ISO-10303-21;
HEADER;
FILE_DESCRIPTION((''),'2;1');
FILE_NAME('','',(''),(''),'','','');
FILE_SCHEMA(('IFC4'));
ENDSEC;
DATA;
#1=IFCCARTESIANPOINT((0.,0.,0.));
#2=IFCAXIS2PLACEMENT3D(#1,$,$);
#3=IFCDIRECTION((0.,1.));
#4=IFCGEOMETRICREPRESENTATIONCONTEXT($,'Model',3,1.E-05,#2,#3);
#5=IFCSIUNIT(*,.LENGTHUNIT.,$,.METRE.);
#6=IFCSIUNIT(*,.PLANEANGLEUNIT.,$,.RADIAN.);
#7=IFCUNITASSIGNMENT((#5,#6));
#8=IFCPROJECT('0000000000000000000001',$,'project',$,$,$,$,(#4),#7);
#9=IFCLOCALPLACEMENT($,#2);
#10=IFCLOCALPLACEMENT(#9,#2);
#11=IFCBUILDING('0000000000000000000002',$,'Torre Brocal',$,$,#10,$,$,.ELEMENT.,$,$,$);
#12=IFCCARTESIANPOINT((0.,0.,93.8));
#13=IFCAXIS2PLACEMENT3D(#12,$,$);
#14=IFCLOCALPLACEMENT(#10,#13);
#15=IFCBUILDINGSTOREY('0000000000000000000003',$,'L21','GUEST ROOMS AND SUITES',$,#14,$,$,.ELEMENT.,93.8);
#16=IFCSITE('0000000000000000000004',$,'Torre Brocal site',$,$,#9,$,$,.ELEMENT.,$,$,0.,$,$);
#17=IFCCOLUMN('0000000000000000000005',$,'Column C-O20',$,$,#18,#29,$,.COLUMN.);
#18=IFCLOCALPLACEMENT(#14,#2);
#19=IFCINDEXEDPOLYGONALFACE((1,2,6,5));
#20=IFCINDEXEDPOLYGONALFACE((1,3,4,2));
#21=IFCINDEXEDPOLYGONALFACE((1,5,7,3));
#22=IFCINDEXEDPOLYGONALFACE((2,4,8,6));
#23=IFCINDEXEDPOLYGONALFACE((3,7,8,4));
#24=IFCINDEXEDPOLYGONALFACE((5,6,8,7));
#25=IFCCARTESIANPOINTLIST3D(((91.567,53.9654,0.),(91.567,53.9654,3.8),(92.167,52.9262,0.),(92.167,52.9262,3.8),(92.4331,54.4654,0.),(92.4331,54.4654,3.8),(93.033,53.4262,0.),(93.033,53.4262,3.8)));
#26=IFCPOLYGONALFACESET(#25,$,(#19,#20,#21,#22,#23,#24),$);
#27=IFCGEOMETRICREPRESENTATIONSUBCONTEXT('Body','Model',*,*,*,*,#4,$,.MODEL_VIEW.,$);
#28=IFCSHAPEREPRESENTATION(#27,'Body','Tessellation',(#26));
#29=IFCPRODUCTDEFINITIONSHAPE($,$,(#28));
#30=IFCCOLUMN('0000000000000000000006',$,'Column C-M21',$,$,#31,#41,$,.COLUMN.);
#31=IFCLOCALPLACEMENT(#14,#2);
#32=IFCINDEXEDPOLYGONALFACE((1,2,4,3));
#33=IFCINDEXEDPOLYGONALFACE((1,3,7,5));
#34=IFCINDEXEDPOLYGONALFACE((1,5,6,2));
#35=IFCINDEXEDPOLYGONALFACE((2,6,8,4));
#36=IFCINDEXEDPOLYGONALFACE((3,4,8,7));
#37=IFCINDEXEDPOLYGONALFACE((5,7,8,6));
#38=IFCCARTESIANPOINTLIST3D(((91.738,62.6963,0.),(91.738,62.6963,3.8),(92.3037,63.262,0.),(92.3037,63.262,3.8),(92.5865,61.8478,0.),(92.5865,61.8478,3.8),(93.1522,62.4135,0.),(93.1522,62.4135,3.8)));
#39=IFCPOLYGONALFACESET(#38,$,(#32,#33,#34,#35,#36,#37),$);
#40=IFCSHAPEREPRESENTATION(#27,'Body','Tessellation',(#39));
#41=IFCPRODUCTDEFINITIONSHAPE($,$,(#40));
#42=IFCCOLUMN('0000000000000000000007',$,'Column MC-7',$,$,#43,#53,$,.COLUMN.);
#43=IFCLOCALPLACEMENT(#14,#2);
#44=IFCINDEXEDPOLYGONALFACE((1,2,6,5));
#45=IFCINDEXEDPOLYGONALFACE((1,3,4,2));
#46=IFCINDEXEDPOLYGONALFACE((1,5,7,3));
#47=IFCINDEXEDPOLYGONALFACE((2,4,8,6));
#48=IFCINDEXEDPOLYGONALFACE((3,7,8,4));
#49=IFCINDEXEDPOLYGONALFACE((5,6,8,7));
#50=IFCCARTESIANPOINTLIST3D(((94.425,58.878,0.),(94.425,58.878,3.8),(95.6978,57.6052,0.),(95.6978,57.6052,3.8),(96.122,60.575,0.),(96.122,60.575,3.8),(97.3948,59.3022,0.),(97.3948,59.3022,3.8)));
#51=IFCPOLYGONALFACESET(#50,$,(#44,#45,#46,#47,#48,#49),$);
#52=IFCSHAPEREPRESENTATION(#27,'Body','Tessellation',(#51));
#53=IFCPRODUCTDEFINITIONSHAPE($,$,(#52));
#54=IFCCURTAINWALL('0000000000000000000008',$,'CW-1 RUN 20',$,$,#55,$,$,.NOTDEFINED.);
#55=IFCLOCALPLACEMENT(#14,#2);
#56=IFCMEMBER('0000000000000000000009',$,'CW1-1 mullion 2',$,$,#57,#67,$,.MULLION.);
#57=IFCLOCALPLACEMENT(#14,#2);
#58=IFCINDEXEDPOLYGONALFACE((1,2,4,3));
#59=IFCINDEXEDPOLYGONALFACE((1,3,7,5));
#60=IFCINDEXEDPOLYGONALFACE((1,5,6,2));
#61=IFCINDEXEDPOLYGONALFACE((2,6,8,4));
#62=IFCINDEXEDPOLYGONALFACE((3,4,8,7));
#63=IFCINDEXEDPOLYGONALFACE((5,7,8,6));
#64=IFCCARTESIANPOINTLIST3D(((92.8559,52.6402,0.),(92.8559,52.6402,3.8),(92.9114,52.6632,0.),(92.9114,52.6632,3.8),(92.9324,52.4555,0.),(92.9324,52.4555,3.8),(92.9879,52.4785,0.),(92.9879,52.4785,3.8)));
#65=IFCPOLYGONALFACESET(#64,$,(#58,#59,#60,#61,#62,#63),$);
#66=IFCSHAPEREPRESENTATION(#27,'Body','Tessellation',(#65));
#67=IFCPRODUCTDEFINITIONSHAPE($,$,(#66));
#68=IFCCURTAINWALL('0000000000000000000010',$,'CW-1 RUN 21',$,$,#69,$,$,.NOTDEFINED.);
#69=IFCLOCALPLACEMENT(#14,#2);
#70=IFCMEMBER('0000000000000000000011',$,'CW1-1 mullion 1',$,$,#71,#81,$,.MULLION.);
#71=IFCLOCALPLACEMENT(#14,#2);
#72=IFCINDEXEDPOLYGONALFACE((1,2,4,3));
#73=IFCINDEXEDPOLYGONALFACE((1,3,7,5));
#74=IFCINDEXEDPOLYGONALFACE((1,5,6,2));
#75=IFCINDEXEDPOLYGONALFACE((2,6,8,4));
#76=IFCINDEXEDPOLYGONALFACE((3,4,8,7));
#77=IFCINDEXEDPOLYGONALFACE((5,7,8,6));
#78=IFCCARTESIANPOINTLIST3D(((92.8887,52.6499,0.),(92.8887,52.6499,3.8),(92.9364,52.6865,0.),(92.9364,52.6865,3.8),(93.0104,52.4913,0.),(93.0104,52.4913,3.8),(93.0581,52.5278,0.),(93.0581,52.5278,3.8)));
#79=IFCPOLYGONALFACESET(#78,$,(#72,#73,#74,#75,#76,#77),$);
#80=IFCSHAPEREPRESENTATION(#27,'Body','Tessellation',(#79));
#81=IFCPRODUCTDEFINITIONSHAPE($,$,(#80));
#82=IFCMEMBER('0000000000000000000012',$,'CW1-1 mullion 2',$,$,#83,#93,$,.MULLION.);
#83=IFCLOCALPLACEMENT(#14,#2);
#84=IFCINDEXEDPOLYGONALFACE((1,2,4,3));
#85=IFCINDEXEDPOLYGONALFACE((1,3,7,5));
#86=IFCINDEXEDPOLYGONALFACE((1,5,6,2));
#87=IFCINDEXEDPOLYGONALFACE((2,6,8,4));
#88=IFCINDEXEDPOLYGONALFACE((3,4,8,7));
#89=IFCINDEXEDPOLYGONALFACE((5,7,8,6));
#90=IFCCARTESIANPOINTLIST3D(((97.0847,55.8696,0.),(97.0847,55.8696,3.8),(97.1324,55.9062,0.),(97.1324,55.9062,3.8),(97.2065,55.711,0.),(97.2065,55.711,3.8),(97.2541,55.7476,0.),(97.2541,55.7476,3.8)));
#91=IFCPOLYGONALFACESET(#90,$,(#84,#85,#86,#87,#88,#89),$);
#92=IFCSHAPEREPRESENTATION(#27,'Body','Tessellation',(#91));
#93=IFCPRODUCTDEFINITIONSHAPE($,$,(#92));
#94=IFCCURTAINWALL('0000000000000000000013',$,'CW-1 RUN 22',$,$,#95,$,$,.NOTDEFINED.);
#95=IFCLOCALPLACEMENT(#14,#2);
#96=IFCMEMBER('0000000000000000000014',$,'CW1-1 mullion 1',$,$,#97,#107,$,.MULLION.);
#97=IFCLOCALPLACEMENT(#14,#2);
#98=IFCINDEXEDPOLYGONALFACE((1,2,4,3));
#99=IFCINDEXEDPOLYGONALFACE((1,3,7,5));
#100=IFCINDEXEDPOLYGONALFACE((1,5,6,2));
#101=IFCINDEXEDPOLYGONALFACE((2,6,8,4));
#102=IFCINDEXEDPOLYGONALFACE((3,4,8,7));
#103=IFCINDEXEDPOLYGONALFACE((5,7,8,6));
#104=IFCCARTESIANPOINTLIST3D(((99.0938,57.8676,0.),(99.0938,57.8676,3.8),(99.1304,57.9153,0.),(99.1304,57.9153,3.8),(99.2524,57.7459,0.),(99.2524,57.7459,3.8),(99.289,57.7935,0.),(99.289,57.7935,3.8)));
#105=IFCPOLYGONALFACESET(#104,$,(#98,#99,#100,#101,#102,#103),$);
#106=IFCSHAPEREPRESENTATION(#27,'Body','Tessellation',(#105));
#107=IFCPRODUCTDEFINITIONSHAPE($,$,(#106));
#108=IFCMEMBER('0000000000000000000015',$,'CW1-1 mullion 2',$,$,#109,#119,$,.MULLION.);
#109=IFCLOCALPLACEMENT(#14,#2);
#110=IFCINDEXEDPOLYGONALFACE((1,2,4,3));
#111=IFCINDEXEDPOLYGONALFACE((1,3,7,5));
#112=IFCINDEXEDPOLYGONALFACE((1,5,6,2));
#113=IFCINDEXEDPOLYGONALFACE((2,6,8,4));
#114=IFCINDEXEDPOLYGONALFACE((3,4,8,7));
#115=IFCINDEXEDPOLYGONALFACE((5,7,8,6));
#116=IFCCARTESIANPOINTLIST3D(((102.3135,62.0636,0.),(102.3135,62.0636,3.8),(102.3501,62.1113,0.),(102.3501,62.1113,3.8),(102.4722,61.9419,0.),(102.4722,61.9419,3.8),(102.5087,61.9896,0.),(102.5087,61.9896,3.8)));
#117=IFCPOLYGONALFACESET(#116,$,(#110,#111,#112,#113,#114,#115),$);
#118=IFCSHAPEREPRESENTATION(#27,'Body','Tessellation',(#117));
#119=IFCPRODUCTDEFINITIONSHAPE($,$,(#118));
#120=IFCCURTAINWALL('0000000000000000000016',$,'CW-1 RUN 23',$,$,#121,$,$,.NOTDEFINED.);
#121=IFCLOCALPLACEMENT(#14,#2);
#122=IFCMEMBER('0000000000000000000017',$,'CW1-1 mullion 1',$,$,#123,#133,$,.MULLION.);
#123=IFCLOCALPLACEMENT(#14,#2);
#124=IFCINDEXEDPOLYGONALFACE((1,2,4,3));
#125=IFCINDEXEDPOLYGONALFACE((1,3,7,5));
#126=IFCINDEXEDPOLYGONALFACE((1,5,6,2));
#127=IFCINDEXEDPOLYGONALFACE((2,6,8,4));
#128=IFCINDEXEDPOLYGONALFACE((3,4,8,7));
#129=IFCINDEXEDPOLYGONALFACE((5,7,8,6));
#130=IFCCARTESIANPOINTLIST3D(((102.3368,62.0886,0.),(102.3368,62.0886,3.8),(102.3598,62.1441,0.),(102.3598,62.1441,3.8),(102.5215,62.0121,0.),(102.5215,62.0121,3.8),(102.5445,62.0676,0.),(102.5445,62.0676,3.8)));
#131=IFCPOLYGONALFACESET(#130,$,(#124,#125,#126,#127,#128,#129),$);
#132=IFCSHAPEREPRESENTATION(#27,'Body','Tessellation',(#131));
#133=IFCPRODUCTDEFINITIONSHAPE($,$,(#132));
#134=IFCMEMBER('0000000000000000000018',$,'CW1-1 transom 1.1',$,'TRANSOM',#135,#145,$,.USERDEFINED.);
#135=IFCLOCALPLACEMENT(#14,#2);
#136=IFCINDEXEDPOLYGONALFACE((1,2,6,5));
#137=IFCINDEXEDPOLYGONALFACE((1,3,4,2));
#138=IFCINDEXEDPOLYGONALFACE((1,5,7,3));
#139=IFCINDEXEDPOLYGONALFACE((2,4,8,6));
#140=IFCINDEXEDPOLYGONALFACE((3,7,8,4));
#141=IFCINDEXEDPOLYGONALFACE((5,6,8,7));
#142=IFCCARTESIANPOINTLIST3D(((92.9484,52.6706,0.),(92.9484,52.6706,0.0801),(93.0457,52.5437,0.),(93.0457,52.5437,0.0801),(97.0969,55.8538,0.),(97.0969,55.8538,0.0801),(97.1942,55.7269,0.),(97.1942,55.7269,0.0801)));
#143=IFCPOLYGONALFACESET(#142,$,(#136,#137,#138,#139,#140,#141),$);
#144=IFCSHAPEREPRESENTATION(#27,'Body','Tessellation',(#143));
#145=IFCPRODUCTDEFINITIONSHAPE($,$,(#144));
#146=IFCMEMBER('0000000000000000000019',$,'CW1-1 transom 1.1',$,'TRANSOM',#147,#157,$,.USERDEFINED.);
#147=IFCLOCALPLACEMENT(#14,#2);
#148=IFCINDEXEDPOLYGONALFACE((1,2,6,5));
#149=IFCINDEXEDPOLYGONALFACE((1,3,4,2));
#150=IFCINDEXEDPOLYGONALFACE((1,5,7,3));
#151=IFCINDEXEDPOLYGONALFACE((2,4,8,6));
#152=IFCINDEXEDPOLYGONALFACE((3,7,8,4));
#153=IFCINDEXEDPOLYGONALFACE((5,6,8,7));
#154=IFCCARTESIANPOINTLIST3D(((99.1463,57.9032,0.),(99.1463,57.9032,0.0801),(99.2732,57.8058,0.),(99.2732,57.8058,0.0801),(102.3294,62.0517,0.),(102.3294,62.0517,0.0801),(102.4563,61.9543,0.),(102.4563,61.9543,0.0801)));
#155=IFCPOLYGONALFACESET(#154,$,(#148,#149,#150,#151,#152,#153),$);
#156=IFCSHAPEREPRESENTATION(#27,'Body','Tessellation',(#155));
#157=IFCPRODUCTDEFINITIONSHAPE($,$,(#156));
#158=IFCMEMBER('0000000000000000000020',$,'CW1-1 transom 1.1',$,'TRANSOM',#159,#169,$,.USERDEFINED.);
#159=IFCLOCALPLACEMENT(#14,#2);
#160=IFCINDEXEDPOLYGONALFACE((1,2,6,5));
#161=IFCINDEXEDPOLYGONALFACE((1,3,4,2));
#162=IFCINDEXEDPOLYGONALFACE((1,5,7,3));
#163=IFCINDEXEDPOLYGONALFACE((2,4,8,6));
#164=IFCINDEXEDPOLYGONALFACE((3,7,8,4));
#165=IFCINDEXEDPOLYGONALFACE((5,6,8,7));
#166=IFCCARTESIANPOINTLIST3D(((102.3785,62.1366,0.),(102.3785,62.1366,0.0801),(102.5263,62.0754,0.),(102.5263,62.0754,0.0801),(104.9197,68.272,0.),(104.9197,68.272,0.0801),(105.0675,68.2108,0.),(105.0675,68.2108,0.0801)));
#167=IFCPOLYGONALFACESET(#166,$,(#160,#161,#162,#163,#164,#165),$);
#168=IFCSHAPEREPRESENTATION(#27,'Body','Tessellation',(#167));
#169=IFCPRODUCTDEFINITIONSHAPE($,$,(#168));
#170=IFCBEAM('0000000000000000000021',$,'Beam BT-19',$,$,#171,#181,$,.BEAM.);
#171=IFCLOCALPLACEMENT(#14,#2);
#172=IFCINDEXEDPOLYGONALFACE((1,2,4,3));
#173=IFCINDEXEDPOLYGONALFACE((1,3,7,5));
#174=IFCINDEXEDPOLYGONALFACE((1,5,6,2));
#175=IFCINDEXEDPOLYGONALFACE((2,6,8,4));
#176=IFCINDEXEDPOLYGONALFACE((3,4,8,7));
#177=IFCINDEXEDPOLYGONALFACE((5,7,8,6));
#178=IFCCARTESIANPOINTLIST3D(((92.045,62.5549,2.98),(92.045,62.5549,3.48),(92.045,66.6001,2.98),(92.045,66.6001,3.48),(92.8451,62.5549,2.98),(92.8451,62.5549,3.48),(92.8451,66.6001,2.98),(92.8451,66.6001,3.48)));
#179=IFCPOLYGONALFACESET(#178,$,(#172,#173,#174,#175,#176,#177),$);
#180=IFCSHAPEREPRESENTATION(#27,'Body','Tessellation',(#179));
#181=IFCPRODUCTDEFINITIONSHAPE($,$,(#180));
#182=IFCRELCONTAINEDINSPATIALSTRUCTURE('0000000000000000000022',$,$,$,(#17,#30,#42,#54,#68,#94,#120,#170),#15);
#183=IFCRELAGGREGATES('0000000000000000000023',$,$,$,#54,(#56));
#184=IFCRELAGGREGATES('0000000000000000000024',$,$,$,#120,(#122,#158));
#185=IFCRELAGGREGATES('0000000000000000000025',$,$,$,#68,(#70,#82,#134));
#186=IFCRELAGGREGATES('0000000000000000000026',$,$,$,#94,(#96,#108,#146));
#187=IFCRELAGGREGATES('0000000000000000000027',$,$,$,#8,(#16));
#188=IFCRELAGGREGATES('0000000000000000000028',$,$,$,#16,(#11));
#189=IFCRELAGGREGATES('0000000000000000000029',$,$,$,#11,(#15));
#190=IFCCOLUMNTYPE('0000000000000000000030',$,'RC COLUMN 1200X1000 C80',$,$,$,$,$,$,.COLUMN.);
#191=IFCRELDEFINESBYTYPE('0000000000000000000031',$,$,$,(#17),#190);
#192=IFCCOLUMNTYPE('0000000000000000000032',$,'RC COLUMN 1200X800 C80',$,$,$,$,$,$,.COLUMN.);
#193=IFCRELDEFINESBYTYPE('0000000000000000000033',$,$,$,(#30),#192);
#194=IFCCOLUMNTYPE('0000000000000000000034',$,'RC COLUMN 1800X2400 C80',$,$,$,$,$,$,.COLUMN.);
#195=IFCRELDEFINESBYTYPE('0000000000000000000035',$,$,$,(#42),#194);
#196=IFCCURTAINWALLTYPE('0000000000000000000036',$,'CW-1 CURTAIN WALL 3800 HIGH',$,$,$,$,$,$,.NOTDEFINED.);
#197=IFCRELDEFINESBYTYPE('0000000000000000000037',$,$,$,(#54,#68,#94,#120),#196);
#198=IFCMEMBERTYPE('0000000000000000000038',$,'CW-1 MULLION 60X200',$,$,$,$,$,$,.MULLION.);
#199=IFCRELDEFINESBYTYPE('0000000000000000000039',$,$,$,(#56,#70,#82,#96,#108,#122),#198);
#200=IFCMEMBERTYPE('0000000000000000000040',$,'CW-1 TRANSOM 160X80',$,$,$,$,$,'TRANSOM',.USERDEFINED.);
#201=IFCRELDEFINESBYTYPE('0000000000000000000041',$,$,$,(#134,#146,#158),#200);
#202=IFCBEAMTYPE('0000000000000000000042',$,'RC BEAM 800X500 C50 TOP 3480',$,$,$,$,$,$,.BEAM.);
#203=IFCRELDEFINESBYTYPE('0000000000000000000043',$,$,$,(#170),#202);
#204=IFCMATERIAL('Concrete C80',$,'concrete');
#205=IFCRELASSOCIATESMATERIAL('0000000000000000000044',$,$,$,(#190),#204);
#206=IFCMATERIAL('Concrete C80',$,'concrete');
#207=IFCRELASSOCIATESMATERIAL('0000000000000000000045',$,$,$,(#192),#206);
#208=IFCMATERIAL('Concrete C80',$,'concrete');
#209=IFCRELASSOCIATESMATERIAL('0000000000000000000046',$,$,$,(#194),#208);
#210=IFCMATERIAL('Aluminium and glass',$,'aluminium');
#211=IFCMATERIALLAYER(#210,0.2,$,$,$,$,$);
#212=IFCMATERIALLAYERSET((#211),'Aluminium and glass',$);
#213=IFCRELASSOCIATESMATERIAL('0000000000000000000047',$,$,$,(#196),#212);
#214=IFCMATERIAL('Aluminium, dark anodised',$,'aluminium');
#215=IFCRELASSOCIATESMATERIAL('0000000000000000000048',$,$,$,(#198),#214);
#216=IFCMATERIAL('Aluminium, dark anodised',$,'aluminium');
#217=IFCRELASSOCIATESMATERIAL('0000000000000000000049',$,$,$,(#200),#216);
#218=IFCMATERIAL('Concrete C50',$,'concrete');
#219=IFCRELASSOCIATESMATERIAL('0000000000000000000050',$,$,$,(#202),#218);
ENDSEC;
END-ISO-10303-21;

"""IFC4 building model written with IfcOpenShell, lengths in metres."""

from ifc_helpers import new_model, si_unit, direction, frame, origin, origin_2d, place, context, subcontext, project, spatial, rectangle, extrude, material, layer, layer_set, material_profile, profile_set, type_object, element, aggregate, save


model = new_model("IFC4")

# Units and contexts
model_context = context("Model", 3, precision=1e-05, world=origin(), true_north=direction((0.0, 1.0)))
body_context = subcontext(model_context, "Body", "Model", "MODEL_VIEW")
ifc_project = project(units=[si_unit("LENGTHUNIT", "METRE"), si_unit("PLANEANGLEUNIT", "RADIAN")], contexts=[model_context])

# Site, building, storey
site_placement = place(None, origin())
site = spatial("IfcSite", under=ifc_project, at=site_placement, Name="Torre Brocal site", CompositionType="ELEMENT", RefElevation=0.0)
building_placement = place(site_placement, origin())
building = spatial("IfcBuilding", under=site, at=building_placement, Name="Torre Brocal", CompositionType="ELEMENT")
storey_placement = place(building_placement, frame((0.0, 0.0, 93.8)))
storey = spatial("IfcBuildingStorey", under=building, at=storey_placement, Name="L21", Description="GUEST ROOMS AND SUITES", CompositionType="ELEMENT", Elevation=93.8)

# Columns
ifc_material_1 = material(Name="Concrete C80", Category="concrete")
ifc_material_profile_1 = material_profile(ifc_material_1, rectangle(XDim=1.2, YDim=1.0, at=origin_2d()), Name="RC 1200X1000")
ifc_profile_set_1 = profile_set([ifc_material_profile_1], Name="Concrete C80")
column_type_1 = type_object("IfcColumnType", Name="RC COLUMN 1200X1000 C80", PredefinedType="COLUMN", material=ifc_profile_set_1)
column_1_placement = place(storey_placement, frame((92.3, 53.6958, 0.0), z_axis=(0.0, 0.0, 1.0), x_axis=(0.5, -0.866025, 0.0)))
element("IfcColumn", 1, at=column_1_placement, inside=storey, type_object=column_type_1, Name="Column C-O20", PredefinedType="COLUMN", context=body_context, shape_type="SweptSolid", body=[
    extrude(rectangle(XDim=1.2, YDim=1.0, at=origin_2d()), origin(), (0.0, 0.0, 1.0), 3.8),
])
ifc_material_2 = material(Name="Concrete C80", Category="concrete")
ifc_material_profile_2 = material_profile(ifc_material_2, rectangle(XDim=1.2, YDim=0.8, at=origin_2d()), Name="RC 1200X800")
ifc_profile_set_2 = profile_set([ifc_material_profile_2], Name="Concrete C80")
column_type_2 = type_object("IfcColumnType", Name="RC COLUMN 1200X800 C80", PredefinedType="COLUMN", material=ifc_profile_set_2)
column_2_placement = place(storey_placement, frame((92.4451, 62.5549, 0.0), z_axis=(0.0, 0.0, 1.0), x_axis=(0.707107, -0.707107, 0.0)))
element("IfcColumn", 2, at=column_2_placement, inside=storey, type_object=column_type_2, Name="Column C-M21", PredefinedType="COLUMN", context=body_context, shape_type="SweptSolid", body=[
    extrude(rectangle(XDim=1.2, YDim=0.8, at=origin_2d()), origin(), (0.0, 0.0, 1.0), 3.8),
])
ifc_material_3 = material(Name="Concrete C80", Category="concrete")
ifc_material_profile_3 = material_profile(ifc_material_3, rectangle(XDim=1.8, YDim=2.3999, at=origin_2d()), Name="RC 1800X2400")
ifc_profile_set_3 = profile_set([ifc_material_profile_3], Name="Concrete C80")
column_type_3 = type_object("IfcColumnType", Name="RC COLUMN 1800X2400 C80", PredefinedType="COLUMN", material=ifc_profile_set_3)
column_3_placement = place(storey_placement, frame((95.9099, 59.0901, 0.0), z_axis=(0.0, 0.0, 1.0), x_axis=(0.707107, -0.707107, 0.0)))
element("IfcColumn", 3, at=column_3_placement, inside=storey, type_object=column_type_3, Name="Column MC-7", PredefinedType="COLUMN", context=body_context, shape_type="SweptSolid", body=[
    extrude(rectangle(XDim=1.8, YDim=2.3999, at=origin_2d()), origin(), (0.0, 0.0, 1.0), 3.8),
])

# Curtain wall, member
ifc_material_4 = material(Name="Aluminium and glass", Category="aluminium")
ifc_layer_1 = layer(ifc_material_4, 0.2)
ifc_layer_set_1 = layer_set([ifc_layer_1], Name="Aluminium and glass")
curtain_wall_type = type_object("IfcCurtainWallType", Name="CW-1 CURTAIN WALL 3800 HIGH", PredefinedType="NOTDEFINED", material=ifc_layer_set_1)
curtain_wall_1_placement = place(storey_placement, origin())
curtain_wall_1 = element("IfcCurtainWall", 4, at=curtain_wall_1_placement, inside=storey, type_object=curtain_wall_type, Name="CW-1 RUN 20", PredefinedType="NOTDEFINED")
ifc_material_5 = material(Name="Aluminium, dark anodised", Category="aluminium")
ifc_material_profile_4 = material_profile(ifc_material_5, rectangle(XDim=0.2, YDim=0.0601, at=origin_2d()), Name="CW-1 MULLION 60X200")
ifc_profile_set_4 = profile_set([ifc_material_profile_4], Name="Aluminium, dark anodised")
member_type_1 = type_object("IfcMemberType", Name="CW-1 MULLION 60X200", PredefinedType="MULLION", material=ifc_profile_set_4)
member_1_placement = place(storey_placement, frame((92.9219, 52.5593, 0.0), z_axis=(0.0, 0.0, 1.0), x_axis=(-0.382683, 0.92388, 0.0)))
member_1 = element("IfcMember", 5, at=member_1_placement, type_object=member_type_1, Name="CW1-1 mullion 2", PredefinedType="MULLION", context=body_context, shape_type="SweptSolid", body=[
    extrude(rectangle(XDim=0.2, YDim=0.0601, at=origin_2d()), origin(), (0.0, 0.0, 1.0), 3.8),
])
aggregate(curtain_wall_1, [member_1])

# Curtain walls, members
curtain_wall_2_placement = place(storey_placement, origin())
curtain_wall_2 = element("IfcCurtainWall", 6, at=curtain_wall_2_placement, inside=storey, type_object=curtain_wall_type, Name="CW-1 RUN 21", PredefinedType="NOTDEFINED")
member_2_placement = place(storey_placement, frame((92.9734, 52.5889, 0.0), z_axis=(0.0, 0.0, 1.0), x_axis=(-0.608761, 0.793353, 0.0)))
member_2 = element("IfcMember", 7, at=member_2_placement, type_object=member_type_1, Name="CW1-1 mullion 1", PredefinedType="MULLION", context=body_context, shape_type="SweptSolid", body=[
    extrude(rectangle(XDim=0.2, YDim=0.0601, at=origin_2d()), origin(), (0.0, 0.0, 1.0), 3.8),
])
member_3_placement = place(storey_placement, frame((97.1694, 55.8086, 0.0), z_axis=(0.0, 0.0, 1.0), x_axis=(-0.608761, 0.793353, 0.0)))
member_3 = element("IfcMember", 8, at=member_3_placement, type_object=member_type_1, Name="CW1-1 mullion 2", PredefinedType="MULLION", context=body_context, shape_type="SweptSolid", body=[
    extrude(rectangle(XDim=0.2, YDim=0.0601, at=origin_2d()), origin(), (0.0, 0.0, 1.0), 3.8),
])
curtain_wall_3_placement = place(storey_placement, origin())
curtain_wall_3 = element("IfcCurtainWall", 9, at=curtain_wall_3_placement, inside=storey, type_object=curtain_wall_type, Name="CW-1 RUN 22", PredefinedType="NOTDEFINED")
member_4_placement = place(storey_placement, frame((99.1914, 57.8306, 0.0), z_axis=(0.0, 0.0, 1.0), x_axis=(-0.793353, 0.608761, 0.0)))
member_4 = element("IfcMember", 10, at=member_4_placement, type_object=member_type_1, Name="CW1-1 mullion 1", PredefinedType="MULLION", context=body_context, shape_type="SweptSolid", body=[
    extrude(rectangle(XDim=0.2, YDim=0.0601, at=origin_2d()), origin(), (0.0, 0.0, 1.0), 3.8),
])
member_5_placement = place(storey_placement, frame((102.4111, 62.0266, 0.0), z_axis=(0.0, 0.0, 1.0), x_axis=(-0.793353, 0.608761, 0.0)))
member_5 = element("IfcMember", 11, at=member_5_placement, type_object=member_type_1, Name="CW1-1 mullion 2", PredefinedType="MULLION", context=body_context, shape_type="SweptSolid", body=[
    extrude(rectangle(XDim=0.2, YDim=0.0601, at=origin_2d()), origin(), (0.0, 0.0, 1.0), 3.8),
])

# Curtain wall, member
curtain_wall_4_placement = place(storey_placement, origin())
curtain_wall_4 = element("IfcCurtainWall", 12, at=curtain_wall_4_placement, inside=storey, type_object=curtain_wall_type, Name="CW-1 RUN 23", PredefinedType="NOTDEFINED")
member_6_placement = place(storey_placement, frame((102.4407, 62.0781, 0.0), z_axis=(0.0, 0.0, 1.0), x_axis=(-0.92388, 0.382683, 0.0)))
member_6 = element("IfcMember", 13, at=member_6_placement, type_object=member_type_1, Name="CW1-1 mullion 1", PredefinedType="MULLION", context=body_context, shape_type="SweptSolid", body=[
    extrude(rectangle(XDim=0.2, YDim=0.0601, at=origin_2d()), origin(), (0.0, 0.0, 1.0), 3.8),
])

# Members
ifc_material_6 = material(Name="Aluminium, dark anodised", Category="aluminium")
ifc_material_profile_5 = material_profile(ifc_material_6, rectangle(XDim=0.1599, YDim=0.0801, at=origin_2d()), Name="CW-1 TRANSOM 160X80")
ifc_profile_set_5 = profile_set([ifc_material_profile_5], Name="Aluminium, dark anodised")
member_type_2 = type_object("IfcMemberType", Name="CW-1 TRANSOM 160X80", ElementType="TRANSOM", PredefinedType="USERDEFINED", material=ifc_profile_set_5)
member_7_placement = place(storey_placement, frame((92.9971, 52.6072, 0.04), z_axis=(0.793363, 0.608749, 0.0), x_axis=(-0.608749, 0.793363, 0.0)))
member_7 = element("IfcMember", 14, at=member_7_placement, type_object=member_type_2, Name="CW1-1 transom 1.1", ObjectType="TRANSOM", PredefinedType="USERDEFINED", context=body_context, shape_type="SweptSolid", body=[
    extrude(rectangle(XDim=0.1599, YDim=0.0801, at=origin_2d()), origin(), (0.0, 0.0, 1.0), 5.229),
])
member_8_placement = place(storey_placement, frame((99.2097, 57.8545, 0.04), z_axis=(0.608749, 0.793363, 0.0), x_axis=(-0.793363, 0.608749, 0.0)))
member_8 = element("IfcMember", 15, at=member_8_placement, type_object=member_type_2, Name="CW1-1 transom 1.1", ObjectType="TRANSOM", PredefinedType="USERDEFINED", context=body_context, shape_type="SweptSolid", body=[
    extrude(rectangle(XDim=0.1599, YDim=0.0801, at=origin_2d()), origin(), (0.0, 0.0, 1.0), 5.229),
])
member_9_placement = place(storey_placement, frame((102.4524, 62.106, 0.04), z_axis=(0.382665, 0.923887, 0.0), x_axis=(-0.923887, 0.382665, 0.0)))
member_9 = element("IfcMember", 16, at=member_9_placement, type_object=member_type_2, Name="CW1-1 transom 1.1", ObjectType="TRANSOM", PredefinedType="USERDEFINED", context=body_context, shape_type="SweptSolid", body=[
    extrude(rectangle(XDim=0.1599, YDim=0.0801, at=origin_2d()), origin(), (0.0, 0.0, 1.0), 6.6409),
])
aggregate(curtain_wall_4, [member_6, member_9])

# Beam
ifc_material_7 = material(Name="Concrete C50", Category="concrete")
ifc_material_profile_6 = material_profile(ifc_material_7, rectangle(XDim=0.8, YDim=0.5, at=origin_2d()), Name="RC 800X500")
ifc_profile_set_6 = profile_set([ifc_material_profile_6], Name="Concrete C50")
beam_type_1 = type_object("IfcBeamType", Name="RC BEAM 800X500 C50 TOP 3480", PredefinedType="BEAM", material=ifc_profile_set_6)
beam_placement = place(storey_placement, frame((92.4451, 62.5549, 3.23), z_axis=(0.0, 1.0, 0.0), x_axis=(-1.0, 0.0, 0.0)))
element("IfcBeam", 17, at=beam_placement, inside=storey, type_object=beam_type_1, Name="Beam BT-19", PredefinedType="BEAM", context=body_context, shape_type="SweptSolid", body=[
    extrude(rectangle(XDim=0.8, YDim=0.5, at=origin_2d()), origin(), (0.0, 0.0, 1.0), 4.0452),
])

aggregate(curtain_wall_2, [member_2, member_3, member_7])
aggregate(curtain_wall_3, [member_4, member_5, member_8])

save(model, "model.ifc")
